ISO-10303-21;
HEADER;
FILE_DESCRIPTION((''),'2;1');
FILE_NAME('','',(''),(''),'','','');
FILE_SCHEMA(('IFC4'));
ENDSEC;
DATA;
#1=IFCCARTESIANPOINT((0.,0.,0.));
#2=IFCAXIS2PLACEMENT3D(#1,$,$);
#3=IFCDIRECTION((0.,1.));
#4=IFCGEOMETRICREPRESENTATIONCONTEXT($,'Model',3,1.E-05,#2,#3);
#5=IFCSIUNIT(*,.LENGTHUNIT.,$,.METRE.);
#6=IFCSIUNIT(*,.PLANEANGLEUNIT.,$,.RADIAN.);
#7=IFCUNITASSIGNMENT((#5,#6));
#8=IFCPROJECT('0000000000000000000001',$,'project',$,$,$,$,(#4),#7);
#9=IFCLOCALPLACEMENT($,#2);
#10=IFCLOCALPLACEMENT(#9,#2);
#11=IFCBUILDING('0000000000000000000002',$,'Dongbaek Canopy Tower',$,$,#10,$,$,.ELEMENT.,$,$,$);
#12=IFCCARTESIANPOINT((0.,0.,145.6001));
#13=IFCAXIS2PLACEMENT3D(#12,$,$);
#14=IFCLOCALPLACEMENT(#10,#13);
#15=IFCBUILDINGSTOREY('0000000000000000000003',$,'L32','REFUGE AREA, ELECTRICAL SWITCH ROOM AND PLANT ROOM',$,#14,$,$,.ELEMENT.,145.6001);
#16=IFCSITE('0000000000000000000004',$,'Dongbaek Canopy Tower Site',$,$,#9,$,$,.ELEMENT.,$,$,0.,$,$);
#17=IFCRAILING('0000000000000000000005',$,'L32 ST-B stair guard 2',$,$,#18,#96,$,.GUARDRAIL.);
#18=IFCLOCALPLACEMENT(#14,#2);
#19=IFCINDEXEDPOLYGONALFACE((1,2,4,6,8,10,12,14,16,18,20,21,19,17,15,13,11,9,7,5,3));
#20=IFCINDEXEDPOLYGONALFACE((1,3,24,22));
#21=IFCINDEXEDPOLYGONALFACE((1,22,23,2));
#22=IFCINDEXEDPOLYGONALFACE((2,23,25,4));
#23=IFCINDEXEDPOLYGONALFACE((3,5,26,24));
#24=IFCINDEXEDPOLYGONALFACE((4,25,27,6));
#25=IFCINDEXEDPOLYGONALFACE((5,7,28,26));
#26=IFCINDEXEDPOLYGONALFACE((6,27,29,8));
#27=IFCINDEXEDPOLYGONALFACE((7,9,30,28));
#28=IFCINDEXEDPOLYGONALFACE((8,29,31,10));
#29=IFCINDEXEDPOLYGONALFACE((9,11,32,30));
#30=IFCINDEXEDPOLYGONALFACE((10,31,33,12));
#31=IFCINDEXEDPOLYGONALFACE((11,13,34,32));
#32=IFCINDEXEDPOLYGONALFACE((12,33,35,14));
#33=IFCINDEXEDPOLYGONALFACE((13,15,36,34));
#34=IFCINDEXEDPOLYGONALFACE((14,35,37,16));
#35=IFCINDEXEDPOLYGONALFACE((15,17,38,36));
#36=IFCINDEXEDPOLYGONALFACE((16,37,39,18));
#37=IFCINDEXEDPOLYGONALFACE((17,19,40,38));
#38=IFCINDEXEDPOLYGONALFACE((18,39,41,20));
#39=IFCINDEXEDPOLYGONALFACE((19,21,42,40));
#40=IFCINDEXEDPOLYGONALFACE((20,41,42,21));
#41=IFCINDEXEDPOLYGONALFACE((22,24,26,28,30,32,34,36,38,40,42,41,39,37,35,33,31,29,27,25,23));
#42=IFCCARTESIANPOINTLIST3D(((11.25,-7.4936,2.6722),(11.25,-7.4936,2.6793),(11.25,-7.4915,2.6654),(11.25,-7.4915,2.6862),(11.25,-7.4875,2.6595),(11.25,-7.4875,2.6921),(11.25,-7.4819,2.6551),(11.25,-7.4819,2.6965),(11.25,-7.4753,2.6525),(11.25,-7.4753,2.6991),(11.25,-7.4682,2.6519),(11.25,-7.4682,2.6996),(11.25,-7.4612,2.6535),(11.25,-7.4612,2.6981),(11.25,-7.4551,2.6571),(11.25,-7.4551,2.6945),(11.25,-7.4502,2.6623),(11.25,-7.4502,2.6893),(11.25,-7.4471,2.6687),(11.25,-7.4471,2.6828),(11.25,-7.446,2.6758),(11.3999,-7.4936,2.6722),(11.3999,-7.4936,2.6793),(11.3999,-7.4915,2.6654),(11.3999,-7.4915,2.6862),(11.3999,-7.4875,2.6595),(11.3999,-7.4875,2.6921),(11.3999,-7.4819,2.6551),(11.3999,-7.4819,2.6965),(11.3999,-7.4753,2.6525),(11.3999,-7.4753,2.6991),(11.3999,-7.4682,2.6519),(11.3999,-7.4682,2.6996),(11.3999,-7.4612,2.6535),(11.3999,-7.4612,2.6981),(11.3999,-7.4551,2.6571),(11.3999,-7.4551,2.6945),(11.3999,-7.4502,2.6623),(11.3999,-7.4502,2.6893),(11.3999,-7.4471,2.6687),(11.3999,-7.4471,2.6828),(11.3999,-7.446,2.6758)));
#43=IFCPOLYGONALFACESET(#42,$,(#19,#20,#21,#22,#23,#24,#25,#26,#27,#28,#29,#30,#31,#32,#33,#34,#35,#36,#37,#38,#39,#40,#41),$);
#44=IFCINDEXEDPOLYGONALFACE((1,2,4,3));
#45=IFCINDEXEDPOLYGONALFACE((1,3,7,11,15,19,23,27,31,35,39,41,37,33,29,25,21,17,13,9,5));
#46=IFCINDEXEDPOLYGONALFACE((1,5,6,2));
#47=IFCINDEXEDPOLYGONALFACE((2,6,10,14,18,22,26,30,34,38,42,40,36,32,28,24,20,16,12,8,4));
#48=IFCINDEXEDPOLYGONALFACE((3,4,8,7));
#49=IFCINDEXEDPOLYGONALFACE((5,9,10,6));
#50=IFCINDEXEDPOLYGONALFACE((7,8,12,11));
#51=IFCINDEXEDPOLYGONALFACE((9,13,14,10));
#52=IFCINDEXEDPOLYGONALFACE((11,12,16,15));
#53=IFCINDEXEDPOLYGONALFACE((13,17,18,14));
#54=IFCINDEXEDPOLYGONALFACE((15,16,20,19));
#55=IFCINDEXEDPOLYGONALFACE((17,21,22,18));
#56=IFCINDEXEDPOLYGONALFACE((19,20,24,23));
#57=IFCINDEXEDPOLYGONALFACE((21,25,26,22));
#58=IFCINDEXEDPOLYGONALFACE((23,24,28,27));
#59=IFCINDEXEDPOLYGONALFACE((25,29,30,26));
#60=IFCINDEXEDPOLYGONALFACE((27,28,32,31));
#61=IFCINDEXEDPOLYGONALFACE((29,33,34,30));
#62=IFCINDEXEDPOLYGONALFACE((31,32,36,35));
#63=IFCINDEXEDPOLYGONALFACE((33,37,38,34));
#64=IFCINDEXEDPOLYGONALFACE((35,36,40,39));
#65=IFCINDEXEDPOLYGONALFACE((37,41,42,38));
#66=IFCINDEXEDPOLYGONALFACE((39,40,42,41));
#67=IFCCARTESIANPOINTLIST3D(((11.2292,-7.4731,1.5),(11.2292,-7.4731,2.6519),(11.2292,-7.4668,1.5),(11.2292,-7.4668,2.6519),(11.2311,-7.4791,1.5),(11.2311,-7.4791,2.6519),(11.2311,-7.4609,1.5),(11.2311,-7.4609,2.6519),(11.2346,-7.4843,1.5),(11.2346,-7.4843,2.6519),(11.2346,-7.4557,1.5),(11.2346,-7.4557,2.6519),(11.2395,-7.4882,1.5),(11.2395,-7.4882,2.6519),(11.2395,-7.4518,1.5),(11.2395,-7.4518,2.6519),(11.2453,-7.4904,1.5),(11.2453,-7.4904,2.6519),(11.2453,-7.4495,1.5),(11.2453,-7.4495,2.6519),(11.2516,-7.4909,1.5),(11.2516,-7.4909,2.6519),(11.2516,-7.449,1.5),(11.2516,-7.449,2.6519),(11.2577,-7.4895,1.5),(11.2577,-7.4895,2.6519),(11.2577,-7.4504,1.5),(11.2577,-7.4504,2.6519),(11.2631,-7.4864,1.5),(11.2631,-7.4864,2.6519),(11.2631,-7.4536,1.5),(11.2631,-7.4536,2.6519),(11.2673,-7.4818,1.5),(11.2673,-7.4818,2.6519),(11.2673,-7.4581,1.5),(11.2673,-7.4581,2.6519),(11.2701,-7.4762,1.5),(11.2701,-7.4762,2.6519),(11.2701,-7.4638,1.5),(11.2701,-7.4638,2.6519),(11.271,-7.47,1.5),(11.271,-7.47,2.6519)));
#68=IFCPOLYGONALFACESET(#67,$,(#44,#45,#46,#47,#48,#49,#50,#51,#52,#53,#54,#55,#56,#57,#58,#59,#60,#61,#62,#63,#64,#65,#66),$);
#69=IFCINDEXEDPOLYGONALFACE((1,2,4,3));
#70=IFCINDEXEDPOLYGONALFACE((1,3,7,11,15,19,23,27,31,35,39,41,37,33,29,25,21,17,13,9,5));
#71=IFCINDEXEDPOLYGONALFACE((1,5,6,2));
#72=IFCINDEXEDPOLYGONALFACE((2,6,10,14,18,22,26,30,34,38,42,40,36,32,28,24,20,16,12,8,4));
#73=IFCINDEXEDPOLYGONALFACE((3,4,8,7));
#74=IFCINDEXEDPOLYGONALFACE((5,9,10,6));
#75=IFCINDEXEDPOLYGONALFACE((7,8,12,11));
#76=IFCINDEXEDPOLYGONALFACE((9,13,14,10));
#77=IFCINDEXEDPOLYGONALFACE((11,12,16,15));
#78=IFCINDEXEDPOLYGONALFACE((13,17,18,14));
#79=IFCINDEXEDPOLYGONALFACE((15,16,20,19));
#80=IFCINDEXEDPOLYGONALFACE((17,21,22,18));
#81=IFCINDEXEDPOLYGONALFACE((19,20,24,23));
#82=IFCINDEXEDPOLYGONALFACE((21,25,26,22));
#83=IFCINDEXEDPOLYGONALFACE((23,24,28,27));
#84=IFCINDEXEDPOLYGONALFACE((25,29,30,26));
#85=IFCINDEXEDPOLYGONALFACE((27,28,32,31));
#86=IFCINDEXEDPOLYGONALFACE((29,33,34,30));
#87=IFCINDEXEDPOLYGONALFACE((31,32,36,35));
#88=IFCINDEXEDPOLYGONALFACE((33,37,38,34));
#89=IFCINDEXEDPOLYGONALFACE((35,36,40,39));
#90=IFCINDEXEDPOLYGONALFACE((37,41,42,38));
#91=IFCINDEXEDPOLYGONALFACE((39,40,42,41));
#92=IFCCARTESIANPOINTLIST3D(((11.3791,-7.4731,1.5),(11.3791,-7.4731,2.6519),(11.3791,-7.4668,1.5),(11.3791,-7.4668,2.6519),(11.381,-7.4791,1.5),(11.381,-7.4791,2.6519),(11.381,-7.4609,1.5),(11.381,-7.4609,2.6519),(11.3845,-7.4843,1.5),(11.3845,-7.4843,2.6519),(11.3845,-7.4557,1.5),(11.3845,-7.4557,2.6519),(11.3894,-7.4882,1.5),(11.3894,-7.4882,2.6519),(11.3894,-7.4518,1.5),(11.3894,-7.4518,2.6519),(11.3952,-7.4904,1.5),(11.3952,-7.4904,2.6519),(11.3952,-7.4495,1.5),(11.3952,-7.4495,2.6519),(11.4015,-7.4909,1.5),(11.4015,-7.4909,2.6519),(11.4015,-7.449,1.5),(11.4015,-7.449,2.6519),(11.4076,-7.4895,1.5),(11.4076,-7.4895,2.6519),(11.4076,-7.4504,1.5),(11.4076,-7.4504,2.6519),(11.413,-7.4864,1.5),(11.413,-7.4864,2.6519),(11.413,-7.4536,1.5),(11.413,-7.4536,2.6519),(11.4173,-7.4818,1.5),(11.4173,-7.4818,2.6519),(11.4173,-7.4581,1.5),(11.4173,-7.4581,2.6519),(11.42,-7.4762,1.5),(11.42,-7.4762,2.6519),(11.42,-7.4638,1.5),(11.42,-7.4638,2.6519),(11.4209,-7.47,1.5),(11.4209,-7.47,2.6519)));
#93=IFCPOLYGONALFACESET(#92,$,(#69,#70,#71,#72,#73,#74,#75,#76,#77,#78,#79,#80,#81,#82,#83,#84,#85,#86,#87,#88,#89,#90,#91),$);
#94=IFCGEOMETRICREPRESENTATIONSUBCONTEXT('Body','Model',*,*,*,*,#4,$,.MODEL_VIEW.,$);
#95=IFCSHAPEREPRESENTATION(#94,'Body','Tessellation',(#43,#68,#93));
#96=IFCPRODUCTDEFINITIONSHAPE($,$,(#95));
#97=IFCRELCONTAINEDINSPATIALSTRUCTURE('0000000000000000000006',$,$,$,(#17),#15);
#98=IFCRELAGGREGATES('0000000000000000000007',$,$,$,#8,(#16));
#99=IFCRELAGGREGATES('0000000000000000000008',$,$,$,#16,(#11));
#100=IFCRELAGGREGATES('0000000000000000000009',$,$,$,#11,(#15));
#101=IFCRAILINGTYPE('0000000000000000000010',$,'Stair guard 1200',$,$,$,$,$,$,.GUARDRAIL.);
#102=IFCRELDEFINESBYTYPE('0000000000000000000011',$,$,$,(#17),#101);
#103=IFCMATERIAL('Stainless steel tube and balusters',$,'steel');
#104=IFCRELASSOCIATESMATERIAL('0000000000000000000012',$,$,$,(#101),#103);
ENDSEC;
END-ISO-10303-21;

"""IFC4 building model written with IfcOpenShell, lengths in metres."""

from ifc_helpers import new_model, si_unit, direction, frame, origin, origin_2d, place, context, subcontext, project, spatial, circle, extrude, material, type_object, element, save


model = new_model("IFC4")

# Units and contexts
model_context = context("Model", 3, precision=1e-05, world=origin(), true_north=direction((0.0, 1.0)))
body_context = subcontext(model_context, "Body", "Model", "MODEL_VIEW")
ifc_project = project(units=[si_unit("LENGTHUNIT", "METRE"), si_unit("PLANEANGLEUNIT", "RADIAN")], contexts=[model_context])

# Site, building, storey
site_placement = place(None, origin())
site = spatial("IfcSite", under=ifc_project, at=site_placement, Name="Dongbaek Canopy Tower Site", CompositionType="ELEMENT", RefElevation=0.0)
building_placement = place(site_placement, origin())
building = spatial("IfcBuilding", under=site, at=building_placement, Name="Dongbaek Canopy Tower", CompositionType="ELEMENT")
storey_placement = place(building_placement, frame((0.0, 0.0, 145.6001)))
storey = spatial("IfcBuildingStorey", under=building, at=storey_placement, Name="L32", Description="REFUGE AREA, ELECTRICAL SWITCH ROOM AND PLANT ROOM", CompositionType="ELEMENT", Elevation=145.6001)

# Railing
ifc_material_1 = material(Name="Stainless steel tube and balusters", Category="steel")
railing_type_1 = type_object("IfcRailingType", Name="Stair guard 1200", PredefinedType="GUARDRAIL", material=ifc_material_1)
railing_1_placement = place(storey_placement, frame((11.25, -7.47, 1.5)))
element("IfcRailing", 1, at=railing_1_placement, inside=storey, type_object=railing_type_1, Name="L32 ST-B stair guard 2", PredefinedType="GUARDRAIL", context=body_context, shape_type="SweptSolid", body=[
    extrude(circle(Radius=0.0239, at=origin_2d()), frame((0.0, 0.0, 1.1758), z_axis=(1.0, 0.0, 0.0), x_axis=(0.0, 1.0, 0.0)), (0.0, 0.0, 1.0), 0.1499),
    extrude(circle(Radius=0.021, at=origin_2d()), origin(), (0.0, 0.0, 1.0), 1.1519),
    extrude(circle(Radius=0.021, at=origin_2d()), frame((0.1499, 0.0, 0.0)), (0.0, 0.0, 1.0), 1.1519),
])

save(model, "model.ifc")
